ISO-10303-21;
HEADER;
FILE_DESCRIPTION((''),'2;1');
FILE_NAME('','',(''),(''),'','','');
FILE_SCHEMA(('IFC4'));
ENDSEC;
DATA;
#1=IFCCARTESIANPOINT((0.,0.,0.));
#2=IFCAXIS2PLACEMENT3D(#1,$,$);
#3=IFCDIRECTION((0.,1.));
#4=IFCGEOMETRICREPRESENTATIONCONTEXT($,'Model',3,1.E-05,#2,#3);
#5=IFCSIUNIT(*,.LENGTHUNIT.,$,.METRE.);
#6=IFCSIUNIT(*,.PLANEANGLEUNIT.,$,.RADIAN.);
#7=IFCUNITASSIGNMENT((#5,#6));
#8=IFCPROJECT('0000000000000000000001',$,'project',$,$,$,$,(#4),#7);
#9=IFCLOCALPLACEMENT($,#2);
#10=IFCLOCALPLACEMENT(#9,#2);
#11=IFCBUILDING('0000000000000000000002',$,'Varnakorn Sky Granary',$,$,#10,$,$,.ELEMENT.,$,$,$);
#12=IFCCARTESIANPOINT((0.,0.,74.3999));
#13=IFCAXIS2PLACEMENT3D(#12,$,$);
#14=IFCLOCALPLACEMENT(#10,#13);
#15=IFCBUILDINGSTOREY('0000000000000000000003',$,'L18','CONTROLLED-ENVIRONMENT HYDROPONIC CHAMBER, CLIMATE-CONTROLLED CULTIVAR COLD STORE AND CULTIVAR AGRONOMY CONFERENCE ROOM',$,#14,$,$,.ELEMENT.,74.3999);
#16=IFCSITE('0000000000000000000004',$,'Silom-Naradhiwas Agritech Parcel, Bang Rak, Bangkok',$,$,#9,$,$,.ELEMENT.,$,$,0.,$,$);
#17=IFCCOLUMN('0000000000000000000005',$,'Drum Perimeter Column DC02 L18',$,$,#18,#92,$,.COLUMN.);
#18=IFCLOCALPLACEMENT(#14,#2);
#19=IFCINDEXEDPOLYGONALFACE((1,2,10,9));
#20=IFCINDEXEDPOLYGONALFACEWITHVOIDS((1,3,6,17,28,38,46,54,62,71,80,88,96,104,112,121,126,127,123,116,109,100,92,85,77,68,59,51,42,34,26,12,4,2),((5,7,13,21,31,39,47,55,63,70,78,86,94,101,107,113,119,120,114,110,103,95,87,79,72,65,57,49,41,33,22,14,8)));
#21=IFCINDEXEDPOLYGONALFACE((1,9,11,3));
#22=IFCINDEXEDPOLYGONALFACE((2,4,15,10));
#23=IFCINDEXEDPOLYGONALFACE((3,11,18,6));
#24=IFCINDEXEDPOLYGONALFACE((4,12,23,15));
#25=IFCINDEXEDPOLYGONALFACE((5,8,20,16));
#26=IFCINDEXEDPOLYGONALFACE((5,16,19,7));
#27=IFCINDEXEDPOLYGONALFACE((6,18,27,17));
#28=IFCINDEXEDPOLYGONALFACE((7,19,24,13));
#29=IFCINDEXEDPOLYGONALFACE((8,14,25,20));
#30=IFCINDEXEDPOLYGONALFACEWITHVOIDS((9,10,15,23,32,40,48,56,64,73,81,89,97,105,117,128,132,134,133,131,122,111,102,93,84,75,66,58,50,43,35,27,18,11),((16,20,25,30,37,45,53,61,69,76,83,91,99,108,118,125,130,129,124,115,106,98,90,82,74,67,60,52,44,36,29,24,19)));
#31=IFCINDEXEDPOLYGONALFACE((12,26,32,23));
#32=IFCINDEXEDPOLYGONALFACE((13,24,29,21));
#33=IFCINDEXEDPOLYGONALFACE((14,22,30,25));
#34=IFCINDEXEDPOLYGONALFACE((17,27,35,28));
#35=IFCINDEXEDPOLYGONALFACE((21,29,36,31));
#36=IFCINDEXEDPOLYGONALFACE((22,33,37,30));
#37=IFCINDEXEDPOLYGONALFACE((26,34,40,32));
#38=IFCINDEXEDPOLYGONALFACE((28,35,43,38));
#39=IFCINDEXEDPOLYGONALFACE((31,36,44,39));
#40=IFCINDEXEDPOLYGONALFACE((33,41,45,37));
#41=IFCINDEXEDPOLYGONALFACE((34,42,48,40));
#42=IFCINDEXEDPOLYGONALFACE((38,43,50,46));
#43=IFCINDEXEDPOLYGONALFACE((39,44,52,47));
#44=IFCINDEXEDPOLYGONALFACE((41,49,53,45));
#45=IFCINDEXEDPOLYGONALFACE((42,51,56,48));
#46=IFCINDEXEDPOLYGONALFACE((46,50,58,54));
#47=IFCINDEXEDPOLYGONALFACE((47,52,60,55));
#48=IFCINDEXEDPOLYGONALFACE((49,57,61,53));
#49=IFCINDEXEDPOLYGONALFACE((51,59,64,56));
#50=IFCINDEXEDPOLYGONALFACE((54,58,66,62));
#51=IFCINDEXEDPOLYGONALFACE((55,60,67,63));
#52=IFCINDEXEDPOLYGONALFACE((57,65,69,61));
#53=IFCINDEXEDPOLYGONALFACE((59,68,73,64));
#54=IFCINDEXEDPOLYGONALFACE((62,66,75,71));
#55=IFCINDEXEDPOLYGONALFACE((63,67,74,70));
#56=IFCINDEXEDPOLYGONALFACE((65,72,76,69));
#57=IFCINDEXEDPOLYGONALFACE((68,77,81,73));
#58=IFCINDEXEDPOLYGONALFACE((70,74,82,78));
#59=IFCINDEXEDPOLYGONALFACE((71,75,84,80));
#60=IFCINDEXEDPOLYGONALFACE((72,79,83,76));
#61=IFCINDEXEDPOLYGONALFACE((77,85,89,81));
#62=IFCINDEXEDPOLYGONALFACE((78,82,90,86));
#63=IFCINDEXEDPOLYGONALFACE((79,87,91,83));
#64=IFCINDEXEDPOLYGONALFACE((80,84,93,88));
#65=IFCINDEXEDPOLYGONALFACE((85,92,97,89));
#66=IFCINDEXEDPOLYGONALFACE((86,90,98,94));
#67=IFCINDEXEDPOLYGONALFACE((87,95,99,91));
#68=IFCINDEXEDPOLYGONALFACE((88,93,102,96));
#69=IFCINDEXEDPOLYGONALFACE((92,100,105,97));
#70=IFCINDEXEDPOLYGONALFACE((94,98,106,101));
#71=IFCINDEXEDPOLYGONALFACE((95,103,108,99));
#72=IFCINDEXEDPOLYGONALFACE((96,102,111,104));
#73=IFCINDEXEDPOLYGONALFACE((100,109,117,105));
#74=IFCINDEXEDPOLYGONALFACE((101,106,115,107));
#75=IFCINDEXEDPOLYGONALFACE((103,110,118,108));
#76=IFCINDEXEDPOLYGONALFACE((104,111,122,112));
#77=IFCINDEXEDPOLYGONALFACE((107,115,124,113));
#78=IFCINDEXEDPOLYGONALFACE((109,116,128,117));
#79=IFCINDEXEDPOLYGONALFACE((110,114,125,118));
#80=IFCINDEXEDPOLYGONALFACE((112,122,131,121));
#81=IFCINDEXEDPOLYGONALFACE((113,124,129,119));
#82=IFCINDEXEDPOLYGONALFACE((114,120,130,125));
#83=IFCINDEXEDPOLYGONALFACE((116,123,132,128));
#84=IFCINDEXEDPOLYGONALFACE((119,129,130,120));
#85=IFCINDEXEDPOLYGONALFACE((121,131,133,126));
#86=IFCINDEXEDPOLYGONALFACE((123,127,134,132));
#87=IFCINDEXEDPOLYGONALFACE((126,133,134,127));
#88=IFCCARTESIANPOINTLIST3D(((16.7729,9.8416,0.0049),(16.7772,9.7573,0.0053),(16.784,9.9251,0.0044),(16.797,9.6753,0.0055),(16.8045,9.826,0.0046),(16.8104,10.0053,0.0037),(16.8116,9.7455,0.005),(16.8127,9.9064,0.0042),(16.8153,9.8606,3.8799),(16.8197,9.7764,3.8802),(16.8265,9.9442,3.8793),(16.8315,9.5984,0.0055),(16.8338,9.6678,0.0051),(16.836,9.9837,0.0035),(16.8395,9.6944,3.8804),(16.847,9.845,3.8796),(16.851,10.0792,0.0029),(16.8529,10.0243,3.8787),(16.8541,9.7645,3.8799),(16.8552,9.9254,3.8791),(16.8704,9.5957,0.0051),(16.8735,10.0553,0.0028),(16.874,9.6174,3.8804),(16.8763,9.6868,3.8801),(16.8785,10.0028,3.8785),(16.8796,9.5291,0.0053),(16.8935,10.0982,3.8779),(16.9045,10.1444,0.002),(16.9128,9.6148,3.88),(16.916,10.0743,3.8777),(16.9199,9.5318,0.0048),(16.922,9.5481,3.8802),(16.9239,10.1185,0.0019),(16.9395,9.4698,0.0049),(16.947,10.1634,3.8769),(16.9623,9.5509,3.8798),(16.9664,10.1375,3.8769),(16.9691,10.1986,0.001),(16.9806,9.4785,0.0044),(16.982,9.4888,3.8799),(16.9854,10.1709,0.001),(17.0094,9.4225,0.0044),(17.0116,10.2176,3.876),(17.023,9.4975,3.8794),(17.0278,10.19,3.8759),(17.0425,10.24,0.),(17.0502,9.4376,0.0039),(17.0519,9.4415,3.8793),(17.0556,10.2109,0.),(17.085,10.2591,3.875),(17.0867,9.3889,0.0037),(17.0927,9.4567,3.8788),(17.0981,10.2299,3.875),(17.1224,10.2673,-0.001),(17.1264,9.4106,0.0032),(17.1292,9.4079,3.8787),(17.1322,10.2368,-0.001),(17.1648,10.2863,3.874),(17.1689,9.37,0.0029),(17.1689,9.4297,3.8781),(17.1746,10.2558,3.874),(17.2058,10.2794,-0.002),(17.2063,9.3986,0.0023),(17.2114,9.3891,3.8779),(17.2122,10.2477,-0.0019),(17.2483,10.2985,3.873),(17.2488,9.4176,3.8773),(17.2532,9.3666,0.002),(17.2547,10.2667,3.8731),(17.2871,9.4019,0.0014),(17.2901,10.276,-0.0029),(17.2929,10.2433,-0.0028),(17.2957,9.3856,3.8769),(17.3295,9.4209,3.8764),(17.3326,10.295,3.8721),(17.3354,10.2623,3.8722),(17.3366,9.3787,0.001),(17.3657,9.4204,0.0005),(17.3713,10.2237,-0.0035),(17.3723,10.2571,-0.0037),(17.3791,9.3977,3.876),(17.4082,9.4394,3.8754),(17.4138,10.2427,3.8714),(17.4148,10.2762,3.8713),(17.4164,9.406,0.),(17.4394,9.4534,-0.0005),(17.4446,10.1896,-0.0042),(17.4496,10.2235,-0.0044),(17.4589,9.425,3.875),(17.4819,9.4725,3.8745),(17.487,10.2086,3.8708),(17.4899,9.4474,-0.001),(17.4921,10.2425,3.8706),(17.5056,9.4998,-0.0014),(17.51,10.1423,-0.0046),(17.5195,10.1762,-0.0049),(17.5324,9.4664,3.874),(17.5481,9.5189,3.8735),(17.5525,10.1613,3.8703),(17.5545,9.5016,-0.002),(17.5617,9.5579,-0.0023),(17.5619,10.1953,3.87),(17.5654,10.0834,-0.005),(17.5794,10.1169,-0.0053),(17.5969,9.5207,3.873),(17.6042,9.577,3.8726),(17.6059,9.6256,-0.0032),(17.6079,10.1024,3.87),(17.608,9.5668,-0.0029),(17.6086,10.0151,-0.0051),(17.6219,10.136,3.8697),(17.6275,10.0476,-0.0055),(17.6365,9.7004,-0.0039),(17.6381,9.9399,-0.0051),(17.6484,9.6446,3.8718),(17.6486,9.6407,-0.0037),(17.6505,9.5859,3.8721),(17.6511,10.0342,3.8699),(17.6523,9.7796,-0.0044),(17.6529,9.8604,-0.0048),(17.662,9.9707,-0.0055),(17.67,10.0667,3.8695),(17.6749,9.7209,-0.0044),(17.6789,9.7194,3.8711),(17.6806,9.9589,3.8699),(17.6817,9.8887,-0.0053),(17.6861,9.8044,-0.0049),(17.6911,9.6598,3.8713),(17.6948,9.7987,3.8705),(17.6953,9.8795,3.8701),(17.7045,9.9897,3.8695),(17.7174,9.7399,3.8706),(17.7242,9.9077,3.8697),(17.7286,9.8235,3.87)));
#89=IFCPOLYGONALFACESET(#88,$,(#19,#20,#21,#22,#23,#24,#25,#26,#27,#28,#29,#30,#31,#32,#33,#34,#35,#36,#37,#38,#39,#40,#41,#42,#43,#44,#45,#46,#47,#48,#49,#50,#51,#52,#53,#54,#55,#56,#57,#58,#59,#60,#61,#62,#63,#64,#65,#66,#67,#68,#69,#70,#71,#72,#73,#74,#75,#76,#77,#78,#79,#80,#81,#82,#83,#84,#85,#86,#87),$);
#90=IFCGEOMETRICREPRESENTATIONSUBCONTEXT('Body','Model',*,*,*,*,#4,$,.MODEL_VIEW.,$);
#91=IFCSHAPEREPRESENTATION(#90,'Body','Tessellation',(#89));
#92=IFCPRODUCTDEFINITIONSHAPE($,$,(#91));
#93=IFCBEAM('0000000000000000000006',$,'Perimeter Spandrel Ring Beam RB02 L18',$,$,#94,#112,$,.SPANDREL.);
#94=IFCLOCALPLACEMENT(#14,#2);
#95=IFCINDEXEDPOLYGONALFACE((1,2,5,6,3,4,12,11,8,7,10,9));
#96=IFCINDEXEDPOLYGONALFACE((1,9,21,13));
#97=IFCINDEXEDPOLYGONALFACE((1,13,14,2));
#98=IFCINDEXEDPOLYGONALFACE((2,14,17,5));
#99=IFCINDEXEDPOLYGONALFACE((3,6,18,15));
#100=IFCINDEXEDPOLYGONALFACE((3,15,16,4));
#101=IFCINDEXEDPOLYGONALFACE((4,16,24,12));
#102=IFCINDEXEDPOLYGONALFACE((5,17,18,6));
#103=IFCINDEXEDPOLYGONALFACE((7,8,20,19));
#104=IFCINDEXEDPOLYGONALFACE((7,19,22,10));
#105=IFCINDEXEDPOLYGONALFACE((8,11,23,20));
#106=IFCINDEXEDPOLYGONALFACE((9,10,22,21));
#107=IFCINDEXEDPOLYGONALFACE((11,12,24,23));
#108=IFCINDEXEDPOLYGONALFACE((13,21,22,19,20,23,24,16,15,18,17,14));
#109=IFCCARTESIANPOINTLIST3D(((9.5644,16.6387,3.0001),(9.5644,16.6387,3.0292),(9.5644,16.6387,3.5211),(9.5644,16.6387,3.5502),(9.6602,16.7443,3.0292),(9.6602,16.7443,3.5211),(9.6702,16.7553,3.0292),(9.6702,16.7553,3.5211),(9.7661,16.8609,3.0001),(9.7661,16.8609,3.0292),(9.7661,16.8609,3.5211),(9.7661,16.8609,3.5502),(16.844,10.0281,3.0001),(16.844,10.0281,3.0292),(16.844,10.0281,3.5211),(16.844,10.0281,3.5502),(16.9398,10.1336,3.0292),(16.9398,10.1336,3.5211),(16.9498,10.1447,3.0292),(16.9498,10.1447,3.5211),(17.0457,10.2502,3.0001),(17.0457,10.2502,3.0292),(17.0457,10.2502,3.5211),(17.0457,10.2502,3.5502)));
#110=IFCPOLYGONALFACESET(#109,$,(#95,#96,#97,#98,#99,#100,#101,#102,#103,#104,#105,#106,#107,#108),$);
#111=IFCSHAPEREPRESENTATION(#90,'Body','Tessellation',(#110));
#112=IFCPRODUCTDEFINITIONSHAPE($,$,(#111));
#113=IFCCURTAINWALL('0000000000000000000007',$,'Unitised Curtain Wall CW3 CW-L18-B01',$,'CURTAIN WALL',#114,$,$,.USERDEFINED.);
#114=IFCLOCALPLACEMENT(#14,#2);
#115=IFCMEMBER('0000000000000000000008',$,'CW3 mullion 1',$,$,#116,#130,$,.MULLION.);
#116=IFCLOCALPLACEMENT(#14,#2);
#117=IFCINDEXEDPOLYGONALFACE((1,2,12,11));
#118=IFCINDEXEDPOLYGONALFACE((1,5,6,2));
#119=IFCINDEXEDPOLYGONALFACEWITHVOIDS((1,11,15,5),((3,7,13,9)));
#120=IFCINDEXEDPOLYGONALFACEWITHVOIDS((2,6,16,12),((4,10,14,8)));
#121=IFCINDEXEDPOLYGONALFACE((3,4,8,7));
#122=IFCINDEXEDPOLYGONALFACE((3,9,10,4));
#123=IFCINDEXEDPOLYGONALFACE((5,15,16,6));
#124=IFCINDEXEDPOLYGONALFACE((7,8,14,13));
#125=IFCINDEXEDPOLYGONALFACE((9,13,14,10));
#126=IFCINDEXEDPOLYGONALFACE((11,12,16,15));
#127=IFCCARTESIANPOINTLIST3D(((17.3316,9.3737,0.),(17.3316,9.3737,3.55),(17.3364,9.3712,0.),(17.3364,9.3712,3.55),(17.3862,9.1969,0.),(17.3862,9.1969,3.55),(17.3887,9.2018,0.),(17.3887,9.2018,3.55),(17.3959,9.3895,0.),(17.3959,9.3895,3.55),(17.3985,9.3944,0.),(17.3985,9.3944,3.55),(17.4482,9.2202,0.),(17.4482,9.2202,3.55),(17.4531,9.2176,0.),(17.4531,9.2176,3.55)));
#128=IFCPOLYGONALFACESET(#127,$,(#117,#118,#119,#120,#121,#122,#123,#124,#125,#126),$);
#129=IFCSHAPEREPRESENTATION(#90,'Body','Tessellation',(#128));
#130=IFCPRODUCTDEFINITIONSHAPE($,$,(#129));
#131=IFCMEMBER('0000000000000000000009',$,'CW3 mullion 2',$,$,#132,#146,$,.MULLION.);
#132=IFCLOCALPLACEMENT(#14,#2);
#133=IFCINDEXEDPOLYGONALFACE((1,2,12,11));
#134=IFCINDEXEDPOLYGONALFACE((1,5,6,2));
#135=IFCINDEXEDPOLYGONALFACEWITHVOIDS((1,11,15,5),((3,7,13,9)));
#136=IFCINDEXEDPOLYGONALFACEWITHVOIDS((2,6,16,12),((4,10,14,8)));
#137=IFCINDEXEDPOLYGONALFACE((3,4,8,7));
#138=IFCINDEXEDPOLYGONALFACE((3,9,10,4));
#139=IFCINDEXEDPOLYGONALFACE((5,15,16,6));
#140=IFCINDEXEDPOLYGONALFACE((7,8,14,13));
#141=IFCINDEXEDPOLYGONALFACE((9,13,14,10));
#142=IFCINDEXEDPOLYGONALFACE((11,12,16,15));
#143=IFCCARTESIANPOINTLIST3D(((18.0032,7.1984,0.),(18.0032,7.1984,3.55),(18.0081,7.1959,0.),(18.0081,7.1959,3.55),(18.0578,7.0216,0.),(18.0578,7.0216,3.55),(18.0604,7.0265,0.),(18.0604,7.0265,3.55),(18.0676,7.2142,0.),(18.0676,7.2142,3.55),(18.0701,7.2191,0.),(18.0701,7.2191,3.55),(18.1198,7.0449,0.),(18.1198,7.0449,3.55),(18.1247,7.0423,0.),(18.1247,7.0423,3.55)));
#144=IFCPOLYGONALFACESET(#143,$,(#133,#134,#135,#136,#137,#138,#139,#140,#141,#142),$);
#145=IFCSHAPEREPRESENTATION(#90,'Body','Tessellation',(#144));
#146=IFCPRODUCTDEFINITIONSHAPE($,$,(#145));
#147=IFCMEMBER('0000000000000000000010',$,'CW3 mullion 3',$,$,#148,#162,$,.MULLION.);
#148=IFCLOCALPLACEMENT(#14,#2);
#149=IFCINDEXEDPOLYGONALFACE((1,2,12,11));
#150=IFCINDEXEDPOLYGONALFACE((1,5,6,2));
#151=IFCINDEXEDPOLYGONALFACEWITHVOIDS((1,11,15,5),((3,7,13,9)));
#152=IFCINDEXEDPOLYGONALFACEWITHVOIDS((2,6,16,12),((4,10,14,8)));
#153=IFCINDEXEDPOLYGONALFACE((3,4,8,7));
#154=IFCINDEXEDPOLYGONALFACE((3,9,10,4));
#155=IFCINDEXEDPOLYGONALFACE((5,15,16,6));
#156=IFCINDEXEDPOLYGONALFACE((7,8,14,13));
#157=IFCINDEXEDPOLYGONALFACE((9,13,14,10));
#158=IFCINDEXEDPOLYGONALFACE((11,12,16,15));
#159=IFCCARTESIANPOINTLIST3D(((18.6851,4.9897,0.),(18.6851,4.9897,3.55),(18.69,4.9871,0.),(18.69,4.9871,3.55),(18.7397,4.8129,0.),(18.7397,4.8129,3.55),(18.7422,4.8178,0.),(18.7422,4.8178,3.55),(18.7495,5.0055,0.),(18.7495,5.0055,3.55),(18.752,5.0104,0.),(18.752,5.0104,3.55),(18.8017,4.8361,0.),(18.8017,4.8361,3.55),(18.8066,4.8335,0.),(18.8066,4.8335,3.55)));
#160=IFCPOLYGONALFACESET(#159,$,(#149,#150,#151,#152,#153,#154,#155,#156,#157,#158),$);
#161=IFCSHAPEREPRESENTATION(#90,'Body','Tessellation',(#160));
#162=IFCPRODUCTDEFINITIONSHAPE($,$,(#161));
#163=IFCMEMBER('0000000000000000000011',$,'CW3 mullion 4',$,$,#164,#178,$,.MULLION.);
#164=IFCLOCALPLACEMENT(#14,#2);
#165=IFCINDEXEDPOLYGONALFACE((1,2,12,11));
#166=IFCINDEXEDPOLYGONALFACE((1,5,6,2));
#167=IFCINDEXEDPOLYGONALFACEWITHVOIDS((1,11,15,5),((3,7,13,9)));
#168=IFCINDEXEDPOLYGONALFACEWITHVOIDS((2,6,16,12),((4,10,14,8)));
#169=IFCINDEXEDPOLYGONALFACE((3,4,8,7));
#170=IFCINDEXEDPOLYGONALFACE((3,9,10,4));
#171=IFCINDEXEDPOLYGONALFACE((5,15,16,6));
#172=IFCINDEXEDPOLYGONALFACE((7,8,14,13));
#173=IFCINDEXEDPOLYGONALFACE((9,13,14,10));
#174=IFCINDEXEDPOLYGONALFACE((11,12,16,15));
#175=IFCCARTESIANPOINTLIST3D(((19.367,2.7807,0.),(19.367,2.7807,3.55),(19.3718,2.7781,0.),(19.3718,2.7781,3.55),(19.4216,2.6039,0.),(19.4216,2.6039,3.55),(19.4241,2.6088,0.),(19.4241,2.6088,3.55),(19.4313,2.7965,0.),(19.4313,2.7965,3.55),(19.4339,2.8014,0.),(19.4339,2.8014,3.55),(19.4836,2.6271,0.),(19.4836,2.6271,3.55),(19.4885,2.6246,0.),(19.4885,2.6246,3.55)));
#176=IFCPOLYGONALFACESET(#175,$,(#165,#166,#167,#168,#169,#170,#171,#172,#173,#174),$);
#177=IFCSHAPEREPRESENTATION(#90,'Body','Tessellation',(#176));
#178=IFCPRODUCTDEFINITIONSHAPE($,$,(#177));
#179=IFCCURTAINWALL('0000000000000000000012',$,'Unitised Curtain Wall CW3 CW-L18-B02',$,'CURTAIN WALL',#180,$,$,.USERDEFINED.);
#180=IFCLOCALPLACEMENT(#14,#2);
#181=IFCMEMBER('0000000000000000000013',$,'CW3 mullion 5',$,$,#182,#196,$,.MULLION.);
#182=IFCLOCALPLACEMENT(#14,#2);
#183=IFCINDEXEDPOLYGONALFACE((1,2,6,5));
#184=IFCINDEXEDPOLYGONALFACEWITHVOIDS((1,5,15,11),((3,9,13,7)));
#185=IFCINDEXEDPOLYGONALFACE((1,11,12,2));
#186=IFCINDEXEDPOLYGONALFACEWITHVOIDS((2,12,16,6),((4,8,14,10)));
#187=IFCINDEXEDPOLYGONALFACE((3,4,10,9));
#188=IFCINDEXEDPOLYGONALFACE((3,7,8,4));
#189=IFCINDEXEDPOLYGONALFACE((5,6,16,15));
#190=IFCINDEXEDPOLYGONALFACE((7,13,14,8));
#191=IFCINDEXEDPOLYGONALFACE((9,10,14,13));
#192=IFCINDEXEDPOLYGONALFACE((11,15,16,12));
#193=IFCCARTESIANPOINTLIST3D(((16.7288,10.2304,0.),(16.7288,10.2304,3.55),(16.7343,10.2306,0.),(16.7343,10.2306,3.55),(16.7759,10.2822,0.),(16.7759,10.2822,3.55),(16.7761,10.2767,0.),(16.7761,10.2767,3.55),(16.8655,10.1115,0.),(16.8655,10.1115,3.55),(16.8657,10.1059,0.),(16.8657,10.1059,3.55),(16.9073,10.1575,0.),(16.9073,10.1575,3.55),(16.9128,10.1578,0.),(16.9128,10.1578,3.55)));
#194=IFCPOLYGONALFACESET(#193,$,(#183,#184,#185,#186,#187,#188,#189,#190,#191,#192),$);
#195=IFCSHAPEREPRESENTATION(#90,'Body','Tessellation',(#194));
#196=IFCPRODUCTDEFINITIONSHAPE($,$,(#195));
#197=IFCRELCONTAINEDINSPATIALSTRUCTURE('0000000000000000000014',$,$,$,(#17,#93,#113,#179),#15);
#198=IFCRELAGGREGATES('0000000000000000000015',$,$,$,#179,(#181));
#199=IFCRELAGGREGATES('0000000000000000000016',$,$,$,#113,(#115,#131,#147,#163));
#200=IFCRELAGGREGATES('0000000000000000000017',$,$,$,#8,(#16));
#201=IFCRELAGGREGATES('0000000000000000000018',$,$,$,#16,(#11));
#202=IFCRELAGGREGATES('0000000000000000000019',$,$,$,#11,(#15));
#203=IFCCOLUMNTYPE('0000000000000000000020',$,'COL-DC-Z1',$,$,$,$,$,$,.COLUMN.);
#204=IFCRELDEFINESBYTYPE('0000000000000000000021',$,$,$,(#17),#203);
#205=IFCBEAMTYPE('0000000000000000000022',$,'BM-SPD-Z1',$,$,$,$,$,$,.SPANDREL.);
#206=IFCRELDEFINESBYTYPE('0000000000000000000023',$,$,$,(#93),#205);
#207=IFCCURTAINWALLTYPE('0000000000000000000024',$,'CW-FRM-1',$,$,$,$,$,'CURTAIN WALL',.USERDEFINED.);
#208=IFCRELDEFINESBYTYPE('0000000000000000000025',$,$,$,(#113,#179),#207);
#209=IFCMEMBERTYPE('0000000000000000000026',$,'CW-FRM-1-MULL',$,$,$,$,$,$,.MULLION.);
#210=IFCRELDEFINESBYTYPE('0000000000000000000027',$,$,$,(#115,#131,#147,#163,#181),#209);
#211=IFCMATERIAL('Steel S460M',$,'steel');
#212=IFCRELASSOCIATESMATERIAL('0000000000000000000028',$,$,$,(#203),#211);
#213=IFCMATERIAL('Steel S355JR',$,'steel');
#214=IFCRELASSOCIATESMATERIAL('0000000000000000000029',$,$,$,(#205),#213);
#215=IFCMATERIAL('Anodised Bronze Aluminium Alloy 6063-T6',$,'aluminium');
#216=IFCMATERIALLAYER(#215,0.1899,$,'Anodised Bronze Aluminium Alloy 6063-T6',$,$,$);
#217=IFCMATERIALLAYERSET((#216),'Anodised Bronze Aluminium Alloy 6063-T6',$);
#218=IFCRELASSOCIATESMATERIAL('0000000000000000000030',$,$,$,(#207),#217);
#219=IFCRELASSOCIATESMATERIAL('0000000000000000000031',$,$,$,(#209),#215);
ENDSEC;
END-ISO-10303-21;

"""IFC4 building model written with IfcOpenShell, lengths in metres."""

from ifc_helpers import new_model, si_unit, direction, frame, origin, origin_2d, place, context, subcontext, project, spatial, hollow_rectangle, hollow_circle, i_section, extrude, material, layer, layer_set, material_profile, profile_set, type_object, element, aggregate, save


model = new_model("IFC4")

# Units and contexts
model_context = context("Model", 3, precision=1e-05, world=origin(), true_north=direction((0.0, 1.0)))
body_context = subcontext(model_context, "Body", "Model", "MODEL_VIEW")
ifc_project = project(units=[si_unit("LENGTHUNIT", "METRE"), si_unit("PLANEANGLEUNIT", "RADIAN")], contexts=[model_context])

# Site, building, storey
site_placement = place(None, origin())
site = spatial("IfcSite", under=ifc_project, at=site_placement, Name="Silom-Naradhiwas Agritech Parcel, Bang Rak, Bangkok", CompositionType="ELEMENT", RefElevation=0.0)
building_placement = place(site_placement, origin())
building = spatial("IfcBuilding", under=site, at=building_placement, Name="Varnakorn Sky Granary", CompositionType="ELEMENT")
storey_placement = place(building_placement, frame((0.0, 0.0, 74.3999)))
storey = spatial("IfcBuildingStorey", under=building, at=storey_placement, Name="L18", Description="CONTROLLED-ENVIRONMENT HYDROPONIC CHAMBER, CLIMATE-CONTROLLED CULTIVAR COLD STORE AND CULTIVAR AGRONOMY CONFERENCE ROOM", CompositionType="ELEMENT", Elevation=74.3999)

# Column
ifc_material_1 = material(Name="Steel S460M", Category="steel")
ifc_material_profile_1 = material_profile(ifc_material_1, hollow_circle(Radius=0.457, WallThickness=0.032, at=origin_2d()), Name="CHS 914x32")
ifc_profile_set_1 = profile_set([ifc_material_profile_1], Name="Steel S460M")
column_type = type_object("IfcColumnType", Name="COL-DC-Z1", PredefinedType="COLUMN", material=ifc_profile_set_1)
column_placement = place(storey_placement, frame((17.2295, 9.823, 0.0), z_axis=(0.010962, 0.004914, 0.999928), x_axis=(-0.409056, 0.912509, 0.0)))
element("IfcColumn", 1, at=column_placement, inside=storey, type_object=column_type, Name="Drum Perimeter Column DC02 L18", PredefinedType="COLUMN", context=body_context, shape_type="SweptSolid", body=[
    extrude(hollow_circle(Radius=0.457, WallThickness=0.032, at=origin_2d()), origin(), (0.0, 0.0, 1.0), 3.8752),
])

# Beam
ifc_material_2 = material(Name="Steel S355JR", Category="steel")
ifc_material_profile_2 = material_profile(ifc_material_2, i_section(OverallWidth=0.3, OverallDepth=0.55, WebThickness=0.0149, FlangeThickness=0.0291, at=origin_2d()), Name="HE 550 B")
ifc_profile_set_2 = profile_set([ifc_material_profile_2], Name="Steel S355JR")
beam_type = type_object("IfcBeamType", Name="BM-SPD-Z1", PredefinedType="SPANDREL", material=ifc_profile_set_2)
beam_placement = place(storey_placement, frame((16.9448, 10.1392, 3.2751), z_axis=(-0.740303, 0.672274, 0.0), x_axis=(-0.672274, -0.740303, 0.0)))
element("IfcBeam", 2, at=beam_placement, inside=storey, type_object=beam_type, Name="Perimeter Spandrel Ring Beam RB02 L18", PredefinedType="SPANDREL", context=body_context, shape_type="SweptSolid", body=[
    extrude(i_section(OverallWidth=0.3, OverallDepth=0.55, WebThickness=0.0149, FlangeThickness=0.0291, at=origin_2d()), origin(), (0.0, 0.0, 1.0), 9.8333),
])

# Curtain wall, members
ifc_material_3 = material(Name="Anodised Bronze Aluminium Alloy 6063-T6", Category="aluminium")
ifc_layer_1 = layer(ifc_material_3, 0.1899, Name="Anodised Bronze Aluminium Alloy 6063-T6")
ifc_layer_set_1 = layer_set([ifc_layer_1], Name="Anodised Bronze Aluminium Alloy 6063-T6")
curtain_wall_type = type_object("IfcCurtainWallType", Name="CW-FRM-1", ElementType="CURTAIN WALL", PredefinedType="USERDEFINED", material=ifc_layer_set_1)
curtain_wall_1_placement = place(storey_placement, origin())
curtain_wall_1 = element("IfcCurtainWall", 3, at=curtain_wall_1_placement, inside=storey, type_object=curtain_wall_type, Name="Unitised Curtain Wall CW3 CW-L18-B01", ObjectType="CURTAIN WALL", PredefinedType="USERDEFINED")
ifc_material_profile_3 = material_profile(ifc_material_3, hollow_rectangle(XDim=0.0701, YDim=0.1851, WallThickness=0.0039, at=origin_2d()), Name="ALU MULL 70x185")
ifc_profile_set_3 = profile_set([ifc_material_profile_3], Name="Anodised Bronze Aluminium Alloy 6063-T6")
member_type_1 = type_object("IfcMemberType", Name="CW-FRM-1-MULL", PredefinedType="MULLION", material=ifc_profile_set_3)
member_1_placement = place(storey_placement, frame((17.3923, 9.2957, 0.0), z_axis=(0.0, 0.0, 1.0), x_axis=(0.955504, 0.294979, 0.0)))
member_1 = element("IfcMember", 4, at=member_1_placement, type_object=member_type_1, Name="CW3 mullion 1", PredefinedType="MULLION", context=body_context, shape_type="SweptSolid", body=[
    extrude(hollow_rectangle(XDim=0.0701, YDim=0.1851, WallThickness=0.0039, at=origin_2d()), origin(), (0.0, 0.0, 1.0), 3.55),
])
member_2_placement = place(storey_placement, frame((18.064, 7.1204, 0.0), z_axis=(0.0, 0.0, 1.0), x_axis=(0.955504, 0.294979, 0.0)))
member_2 = element("IfcMember", 5, at=member_2_placement, type_object=member_type_1, Name="CW3 mullion 2", PredefinedType="MULLION", context=body_context, shape_type="SweptSolid", body=[
    extrude(hollow_rectangle(XDim=0.0701, YDim=0.1851, WallThickness=0.0039, at=origin_2d()), origin(), (0.0, 0.0, 1.0), 3.55),
])
member_3_placement = place(storey_placement, frame((18.7458, 4.9116, 0.0), z_axis=(0.0, 0.0, 1.0), x_axis=(0.955504, 0.294979, 0.0)))
member_3 = element("IfcMember", 6, at=member_3_placement, type_object=member_type_1, Name="CW3 mullion 3", PredefinedType="MULLION", context=body_context, shape_type="SweptSolid", body=[
    extrude(hollow_rectangle(XDim=0.0701, YDim=0.1851, WallThickness=0.0039, at=origin_2d()), origin(), (0.0, 0.0, 1.0), 3.55),
])
member_4_placement = place(storey_placement, frame((19.4277, 2.7026, 0.0), z_axis=(0.0, 0.0, 1.0), x_axis=(0.955504, 0.294979, 0.0)))
member_4 = element("IfcMember", 7, at=member_4_placement, type_object=member_type_1, Name="CW3 mullion 4", PredefinedType="MULLION", context=body_context, shape_type="SweptSolid", body=[
    extrude(hollow_rectangle(XDim=0.0701, YDim=0.1851, WallThickness=0.0039, at=origin_2d()), origin(), (0.0, 0.0, 1.0), 3.55),
])

# Curtain wall, member
curtain_wall_2_placement = place(storey_placement, origin())
curtain_wall_2 = element("IfcCurtainWall", 8, at=curtain_wall_2_placement, inside=storey, type_object=curtain_wall_type, Name="Unitised Curtain Wall CW3 CW-L18-B02", ObjectType="CURTAIN WALL", PredefinedType="USERDEFINED")
member_5_placement = place(storey_placement, frame((16.8208, 10.1941, 0.0), z_axis=(0.0, 0.0, 1.0), x_axis=(0.672398, 0.74019, 0.0)))
member_5 = element("IfcMember", 9, at=member_5_placement, type_object=member_type_1, Name="CW3 mullion 5", PredefinedType="MULLION", context=body_context, shape_type="SweptSolid", body=[
    extrude(hollow_rectangle(XDim=0.0701, YDim=0.1851, WallThickness=0.0039, at=origin_2d()), origin(), (0.0, 0.0, 1.0), 3.55),
])
aggregate(curtain_wall_2, [member_5])

aggregate(curtain_wall_1, [member_1, member_2, member_3, member_4])

save(model, "model.ifc")
